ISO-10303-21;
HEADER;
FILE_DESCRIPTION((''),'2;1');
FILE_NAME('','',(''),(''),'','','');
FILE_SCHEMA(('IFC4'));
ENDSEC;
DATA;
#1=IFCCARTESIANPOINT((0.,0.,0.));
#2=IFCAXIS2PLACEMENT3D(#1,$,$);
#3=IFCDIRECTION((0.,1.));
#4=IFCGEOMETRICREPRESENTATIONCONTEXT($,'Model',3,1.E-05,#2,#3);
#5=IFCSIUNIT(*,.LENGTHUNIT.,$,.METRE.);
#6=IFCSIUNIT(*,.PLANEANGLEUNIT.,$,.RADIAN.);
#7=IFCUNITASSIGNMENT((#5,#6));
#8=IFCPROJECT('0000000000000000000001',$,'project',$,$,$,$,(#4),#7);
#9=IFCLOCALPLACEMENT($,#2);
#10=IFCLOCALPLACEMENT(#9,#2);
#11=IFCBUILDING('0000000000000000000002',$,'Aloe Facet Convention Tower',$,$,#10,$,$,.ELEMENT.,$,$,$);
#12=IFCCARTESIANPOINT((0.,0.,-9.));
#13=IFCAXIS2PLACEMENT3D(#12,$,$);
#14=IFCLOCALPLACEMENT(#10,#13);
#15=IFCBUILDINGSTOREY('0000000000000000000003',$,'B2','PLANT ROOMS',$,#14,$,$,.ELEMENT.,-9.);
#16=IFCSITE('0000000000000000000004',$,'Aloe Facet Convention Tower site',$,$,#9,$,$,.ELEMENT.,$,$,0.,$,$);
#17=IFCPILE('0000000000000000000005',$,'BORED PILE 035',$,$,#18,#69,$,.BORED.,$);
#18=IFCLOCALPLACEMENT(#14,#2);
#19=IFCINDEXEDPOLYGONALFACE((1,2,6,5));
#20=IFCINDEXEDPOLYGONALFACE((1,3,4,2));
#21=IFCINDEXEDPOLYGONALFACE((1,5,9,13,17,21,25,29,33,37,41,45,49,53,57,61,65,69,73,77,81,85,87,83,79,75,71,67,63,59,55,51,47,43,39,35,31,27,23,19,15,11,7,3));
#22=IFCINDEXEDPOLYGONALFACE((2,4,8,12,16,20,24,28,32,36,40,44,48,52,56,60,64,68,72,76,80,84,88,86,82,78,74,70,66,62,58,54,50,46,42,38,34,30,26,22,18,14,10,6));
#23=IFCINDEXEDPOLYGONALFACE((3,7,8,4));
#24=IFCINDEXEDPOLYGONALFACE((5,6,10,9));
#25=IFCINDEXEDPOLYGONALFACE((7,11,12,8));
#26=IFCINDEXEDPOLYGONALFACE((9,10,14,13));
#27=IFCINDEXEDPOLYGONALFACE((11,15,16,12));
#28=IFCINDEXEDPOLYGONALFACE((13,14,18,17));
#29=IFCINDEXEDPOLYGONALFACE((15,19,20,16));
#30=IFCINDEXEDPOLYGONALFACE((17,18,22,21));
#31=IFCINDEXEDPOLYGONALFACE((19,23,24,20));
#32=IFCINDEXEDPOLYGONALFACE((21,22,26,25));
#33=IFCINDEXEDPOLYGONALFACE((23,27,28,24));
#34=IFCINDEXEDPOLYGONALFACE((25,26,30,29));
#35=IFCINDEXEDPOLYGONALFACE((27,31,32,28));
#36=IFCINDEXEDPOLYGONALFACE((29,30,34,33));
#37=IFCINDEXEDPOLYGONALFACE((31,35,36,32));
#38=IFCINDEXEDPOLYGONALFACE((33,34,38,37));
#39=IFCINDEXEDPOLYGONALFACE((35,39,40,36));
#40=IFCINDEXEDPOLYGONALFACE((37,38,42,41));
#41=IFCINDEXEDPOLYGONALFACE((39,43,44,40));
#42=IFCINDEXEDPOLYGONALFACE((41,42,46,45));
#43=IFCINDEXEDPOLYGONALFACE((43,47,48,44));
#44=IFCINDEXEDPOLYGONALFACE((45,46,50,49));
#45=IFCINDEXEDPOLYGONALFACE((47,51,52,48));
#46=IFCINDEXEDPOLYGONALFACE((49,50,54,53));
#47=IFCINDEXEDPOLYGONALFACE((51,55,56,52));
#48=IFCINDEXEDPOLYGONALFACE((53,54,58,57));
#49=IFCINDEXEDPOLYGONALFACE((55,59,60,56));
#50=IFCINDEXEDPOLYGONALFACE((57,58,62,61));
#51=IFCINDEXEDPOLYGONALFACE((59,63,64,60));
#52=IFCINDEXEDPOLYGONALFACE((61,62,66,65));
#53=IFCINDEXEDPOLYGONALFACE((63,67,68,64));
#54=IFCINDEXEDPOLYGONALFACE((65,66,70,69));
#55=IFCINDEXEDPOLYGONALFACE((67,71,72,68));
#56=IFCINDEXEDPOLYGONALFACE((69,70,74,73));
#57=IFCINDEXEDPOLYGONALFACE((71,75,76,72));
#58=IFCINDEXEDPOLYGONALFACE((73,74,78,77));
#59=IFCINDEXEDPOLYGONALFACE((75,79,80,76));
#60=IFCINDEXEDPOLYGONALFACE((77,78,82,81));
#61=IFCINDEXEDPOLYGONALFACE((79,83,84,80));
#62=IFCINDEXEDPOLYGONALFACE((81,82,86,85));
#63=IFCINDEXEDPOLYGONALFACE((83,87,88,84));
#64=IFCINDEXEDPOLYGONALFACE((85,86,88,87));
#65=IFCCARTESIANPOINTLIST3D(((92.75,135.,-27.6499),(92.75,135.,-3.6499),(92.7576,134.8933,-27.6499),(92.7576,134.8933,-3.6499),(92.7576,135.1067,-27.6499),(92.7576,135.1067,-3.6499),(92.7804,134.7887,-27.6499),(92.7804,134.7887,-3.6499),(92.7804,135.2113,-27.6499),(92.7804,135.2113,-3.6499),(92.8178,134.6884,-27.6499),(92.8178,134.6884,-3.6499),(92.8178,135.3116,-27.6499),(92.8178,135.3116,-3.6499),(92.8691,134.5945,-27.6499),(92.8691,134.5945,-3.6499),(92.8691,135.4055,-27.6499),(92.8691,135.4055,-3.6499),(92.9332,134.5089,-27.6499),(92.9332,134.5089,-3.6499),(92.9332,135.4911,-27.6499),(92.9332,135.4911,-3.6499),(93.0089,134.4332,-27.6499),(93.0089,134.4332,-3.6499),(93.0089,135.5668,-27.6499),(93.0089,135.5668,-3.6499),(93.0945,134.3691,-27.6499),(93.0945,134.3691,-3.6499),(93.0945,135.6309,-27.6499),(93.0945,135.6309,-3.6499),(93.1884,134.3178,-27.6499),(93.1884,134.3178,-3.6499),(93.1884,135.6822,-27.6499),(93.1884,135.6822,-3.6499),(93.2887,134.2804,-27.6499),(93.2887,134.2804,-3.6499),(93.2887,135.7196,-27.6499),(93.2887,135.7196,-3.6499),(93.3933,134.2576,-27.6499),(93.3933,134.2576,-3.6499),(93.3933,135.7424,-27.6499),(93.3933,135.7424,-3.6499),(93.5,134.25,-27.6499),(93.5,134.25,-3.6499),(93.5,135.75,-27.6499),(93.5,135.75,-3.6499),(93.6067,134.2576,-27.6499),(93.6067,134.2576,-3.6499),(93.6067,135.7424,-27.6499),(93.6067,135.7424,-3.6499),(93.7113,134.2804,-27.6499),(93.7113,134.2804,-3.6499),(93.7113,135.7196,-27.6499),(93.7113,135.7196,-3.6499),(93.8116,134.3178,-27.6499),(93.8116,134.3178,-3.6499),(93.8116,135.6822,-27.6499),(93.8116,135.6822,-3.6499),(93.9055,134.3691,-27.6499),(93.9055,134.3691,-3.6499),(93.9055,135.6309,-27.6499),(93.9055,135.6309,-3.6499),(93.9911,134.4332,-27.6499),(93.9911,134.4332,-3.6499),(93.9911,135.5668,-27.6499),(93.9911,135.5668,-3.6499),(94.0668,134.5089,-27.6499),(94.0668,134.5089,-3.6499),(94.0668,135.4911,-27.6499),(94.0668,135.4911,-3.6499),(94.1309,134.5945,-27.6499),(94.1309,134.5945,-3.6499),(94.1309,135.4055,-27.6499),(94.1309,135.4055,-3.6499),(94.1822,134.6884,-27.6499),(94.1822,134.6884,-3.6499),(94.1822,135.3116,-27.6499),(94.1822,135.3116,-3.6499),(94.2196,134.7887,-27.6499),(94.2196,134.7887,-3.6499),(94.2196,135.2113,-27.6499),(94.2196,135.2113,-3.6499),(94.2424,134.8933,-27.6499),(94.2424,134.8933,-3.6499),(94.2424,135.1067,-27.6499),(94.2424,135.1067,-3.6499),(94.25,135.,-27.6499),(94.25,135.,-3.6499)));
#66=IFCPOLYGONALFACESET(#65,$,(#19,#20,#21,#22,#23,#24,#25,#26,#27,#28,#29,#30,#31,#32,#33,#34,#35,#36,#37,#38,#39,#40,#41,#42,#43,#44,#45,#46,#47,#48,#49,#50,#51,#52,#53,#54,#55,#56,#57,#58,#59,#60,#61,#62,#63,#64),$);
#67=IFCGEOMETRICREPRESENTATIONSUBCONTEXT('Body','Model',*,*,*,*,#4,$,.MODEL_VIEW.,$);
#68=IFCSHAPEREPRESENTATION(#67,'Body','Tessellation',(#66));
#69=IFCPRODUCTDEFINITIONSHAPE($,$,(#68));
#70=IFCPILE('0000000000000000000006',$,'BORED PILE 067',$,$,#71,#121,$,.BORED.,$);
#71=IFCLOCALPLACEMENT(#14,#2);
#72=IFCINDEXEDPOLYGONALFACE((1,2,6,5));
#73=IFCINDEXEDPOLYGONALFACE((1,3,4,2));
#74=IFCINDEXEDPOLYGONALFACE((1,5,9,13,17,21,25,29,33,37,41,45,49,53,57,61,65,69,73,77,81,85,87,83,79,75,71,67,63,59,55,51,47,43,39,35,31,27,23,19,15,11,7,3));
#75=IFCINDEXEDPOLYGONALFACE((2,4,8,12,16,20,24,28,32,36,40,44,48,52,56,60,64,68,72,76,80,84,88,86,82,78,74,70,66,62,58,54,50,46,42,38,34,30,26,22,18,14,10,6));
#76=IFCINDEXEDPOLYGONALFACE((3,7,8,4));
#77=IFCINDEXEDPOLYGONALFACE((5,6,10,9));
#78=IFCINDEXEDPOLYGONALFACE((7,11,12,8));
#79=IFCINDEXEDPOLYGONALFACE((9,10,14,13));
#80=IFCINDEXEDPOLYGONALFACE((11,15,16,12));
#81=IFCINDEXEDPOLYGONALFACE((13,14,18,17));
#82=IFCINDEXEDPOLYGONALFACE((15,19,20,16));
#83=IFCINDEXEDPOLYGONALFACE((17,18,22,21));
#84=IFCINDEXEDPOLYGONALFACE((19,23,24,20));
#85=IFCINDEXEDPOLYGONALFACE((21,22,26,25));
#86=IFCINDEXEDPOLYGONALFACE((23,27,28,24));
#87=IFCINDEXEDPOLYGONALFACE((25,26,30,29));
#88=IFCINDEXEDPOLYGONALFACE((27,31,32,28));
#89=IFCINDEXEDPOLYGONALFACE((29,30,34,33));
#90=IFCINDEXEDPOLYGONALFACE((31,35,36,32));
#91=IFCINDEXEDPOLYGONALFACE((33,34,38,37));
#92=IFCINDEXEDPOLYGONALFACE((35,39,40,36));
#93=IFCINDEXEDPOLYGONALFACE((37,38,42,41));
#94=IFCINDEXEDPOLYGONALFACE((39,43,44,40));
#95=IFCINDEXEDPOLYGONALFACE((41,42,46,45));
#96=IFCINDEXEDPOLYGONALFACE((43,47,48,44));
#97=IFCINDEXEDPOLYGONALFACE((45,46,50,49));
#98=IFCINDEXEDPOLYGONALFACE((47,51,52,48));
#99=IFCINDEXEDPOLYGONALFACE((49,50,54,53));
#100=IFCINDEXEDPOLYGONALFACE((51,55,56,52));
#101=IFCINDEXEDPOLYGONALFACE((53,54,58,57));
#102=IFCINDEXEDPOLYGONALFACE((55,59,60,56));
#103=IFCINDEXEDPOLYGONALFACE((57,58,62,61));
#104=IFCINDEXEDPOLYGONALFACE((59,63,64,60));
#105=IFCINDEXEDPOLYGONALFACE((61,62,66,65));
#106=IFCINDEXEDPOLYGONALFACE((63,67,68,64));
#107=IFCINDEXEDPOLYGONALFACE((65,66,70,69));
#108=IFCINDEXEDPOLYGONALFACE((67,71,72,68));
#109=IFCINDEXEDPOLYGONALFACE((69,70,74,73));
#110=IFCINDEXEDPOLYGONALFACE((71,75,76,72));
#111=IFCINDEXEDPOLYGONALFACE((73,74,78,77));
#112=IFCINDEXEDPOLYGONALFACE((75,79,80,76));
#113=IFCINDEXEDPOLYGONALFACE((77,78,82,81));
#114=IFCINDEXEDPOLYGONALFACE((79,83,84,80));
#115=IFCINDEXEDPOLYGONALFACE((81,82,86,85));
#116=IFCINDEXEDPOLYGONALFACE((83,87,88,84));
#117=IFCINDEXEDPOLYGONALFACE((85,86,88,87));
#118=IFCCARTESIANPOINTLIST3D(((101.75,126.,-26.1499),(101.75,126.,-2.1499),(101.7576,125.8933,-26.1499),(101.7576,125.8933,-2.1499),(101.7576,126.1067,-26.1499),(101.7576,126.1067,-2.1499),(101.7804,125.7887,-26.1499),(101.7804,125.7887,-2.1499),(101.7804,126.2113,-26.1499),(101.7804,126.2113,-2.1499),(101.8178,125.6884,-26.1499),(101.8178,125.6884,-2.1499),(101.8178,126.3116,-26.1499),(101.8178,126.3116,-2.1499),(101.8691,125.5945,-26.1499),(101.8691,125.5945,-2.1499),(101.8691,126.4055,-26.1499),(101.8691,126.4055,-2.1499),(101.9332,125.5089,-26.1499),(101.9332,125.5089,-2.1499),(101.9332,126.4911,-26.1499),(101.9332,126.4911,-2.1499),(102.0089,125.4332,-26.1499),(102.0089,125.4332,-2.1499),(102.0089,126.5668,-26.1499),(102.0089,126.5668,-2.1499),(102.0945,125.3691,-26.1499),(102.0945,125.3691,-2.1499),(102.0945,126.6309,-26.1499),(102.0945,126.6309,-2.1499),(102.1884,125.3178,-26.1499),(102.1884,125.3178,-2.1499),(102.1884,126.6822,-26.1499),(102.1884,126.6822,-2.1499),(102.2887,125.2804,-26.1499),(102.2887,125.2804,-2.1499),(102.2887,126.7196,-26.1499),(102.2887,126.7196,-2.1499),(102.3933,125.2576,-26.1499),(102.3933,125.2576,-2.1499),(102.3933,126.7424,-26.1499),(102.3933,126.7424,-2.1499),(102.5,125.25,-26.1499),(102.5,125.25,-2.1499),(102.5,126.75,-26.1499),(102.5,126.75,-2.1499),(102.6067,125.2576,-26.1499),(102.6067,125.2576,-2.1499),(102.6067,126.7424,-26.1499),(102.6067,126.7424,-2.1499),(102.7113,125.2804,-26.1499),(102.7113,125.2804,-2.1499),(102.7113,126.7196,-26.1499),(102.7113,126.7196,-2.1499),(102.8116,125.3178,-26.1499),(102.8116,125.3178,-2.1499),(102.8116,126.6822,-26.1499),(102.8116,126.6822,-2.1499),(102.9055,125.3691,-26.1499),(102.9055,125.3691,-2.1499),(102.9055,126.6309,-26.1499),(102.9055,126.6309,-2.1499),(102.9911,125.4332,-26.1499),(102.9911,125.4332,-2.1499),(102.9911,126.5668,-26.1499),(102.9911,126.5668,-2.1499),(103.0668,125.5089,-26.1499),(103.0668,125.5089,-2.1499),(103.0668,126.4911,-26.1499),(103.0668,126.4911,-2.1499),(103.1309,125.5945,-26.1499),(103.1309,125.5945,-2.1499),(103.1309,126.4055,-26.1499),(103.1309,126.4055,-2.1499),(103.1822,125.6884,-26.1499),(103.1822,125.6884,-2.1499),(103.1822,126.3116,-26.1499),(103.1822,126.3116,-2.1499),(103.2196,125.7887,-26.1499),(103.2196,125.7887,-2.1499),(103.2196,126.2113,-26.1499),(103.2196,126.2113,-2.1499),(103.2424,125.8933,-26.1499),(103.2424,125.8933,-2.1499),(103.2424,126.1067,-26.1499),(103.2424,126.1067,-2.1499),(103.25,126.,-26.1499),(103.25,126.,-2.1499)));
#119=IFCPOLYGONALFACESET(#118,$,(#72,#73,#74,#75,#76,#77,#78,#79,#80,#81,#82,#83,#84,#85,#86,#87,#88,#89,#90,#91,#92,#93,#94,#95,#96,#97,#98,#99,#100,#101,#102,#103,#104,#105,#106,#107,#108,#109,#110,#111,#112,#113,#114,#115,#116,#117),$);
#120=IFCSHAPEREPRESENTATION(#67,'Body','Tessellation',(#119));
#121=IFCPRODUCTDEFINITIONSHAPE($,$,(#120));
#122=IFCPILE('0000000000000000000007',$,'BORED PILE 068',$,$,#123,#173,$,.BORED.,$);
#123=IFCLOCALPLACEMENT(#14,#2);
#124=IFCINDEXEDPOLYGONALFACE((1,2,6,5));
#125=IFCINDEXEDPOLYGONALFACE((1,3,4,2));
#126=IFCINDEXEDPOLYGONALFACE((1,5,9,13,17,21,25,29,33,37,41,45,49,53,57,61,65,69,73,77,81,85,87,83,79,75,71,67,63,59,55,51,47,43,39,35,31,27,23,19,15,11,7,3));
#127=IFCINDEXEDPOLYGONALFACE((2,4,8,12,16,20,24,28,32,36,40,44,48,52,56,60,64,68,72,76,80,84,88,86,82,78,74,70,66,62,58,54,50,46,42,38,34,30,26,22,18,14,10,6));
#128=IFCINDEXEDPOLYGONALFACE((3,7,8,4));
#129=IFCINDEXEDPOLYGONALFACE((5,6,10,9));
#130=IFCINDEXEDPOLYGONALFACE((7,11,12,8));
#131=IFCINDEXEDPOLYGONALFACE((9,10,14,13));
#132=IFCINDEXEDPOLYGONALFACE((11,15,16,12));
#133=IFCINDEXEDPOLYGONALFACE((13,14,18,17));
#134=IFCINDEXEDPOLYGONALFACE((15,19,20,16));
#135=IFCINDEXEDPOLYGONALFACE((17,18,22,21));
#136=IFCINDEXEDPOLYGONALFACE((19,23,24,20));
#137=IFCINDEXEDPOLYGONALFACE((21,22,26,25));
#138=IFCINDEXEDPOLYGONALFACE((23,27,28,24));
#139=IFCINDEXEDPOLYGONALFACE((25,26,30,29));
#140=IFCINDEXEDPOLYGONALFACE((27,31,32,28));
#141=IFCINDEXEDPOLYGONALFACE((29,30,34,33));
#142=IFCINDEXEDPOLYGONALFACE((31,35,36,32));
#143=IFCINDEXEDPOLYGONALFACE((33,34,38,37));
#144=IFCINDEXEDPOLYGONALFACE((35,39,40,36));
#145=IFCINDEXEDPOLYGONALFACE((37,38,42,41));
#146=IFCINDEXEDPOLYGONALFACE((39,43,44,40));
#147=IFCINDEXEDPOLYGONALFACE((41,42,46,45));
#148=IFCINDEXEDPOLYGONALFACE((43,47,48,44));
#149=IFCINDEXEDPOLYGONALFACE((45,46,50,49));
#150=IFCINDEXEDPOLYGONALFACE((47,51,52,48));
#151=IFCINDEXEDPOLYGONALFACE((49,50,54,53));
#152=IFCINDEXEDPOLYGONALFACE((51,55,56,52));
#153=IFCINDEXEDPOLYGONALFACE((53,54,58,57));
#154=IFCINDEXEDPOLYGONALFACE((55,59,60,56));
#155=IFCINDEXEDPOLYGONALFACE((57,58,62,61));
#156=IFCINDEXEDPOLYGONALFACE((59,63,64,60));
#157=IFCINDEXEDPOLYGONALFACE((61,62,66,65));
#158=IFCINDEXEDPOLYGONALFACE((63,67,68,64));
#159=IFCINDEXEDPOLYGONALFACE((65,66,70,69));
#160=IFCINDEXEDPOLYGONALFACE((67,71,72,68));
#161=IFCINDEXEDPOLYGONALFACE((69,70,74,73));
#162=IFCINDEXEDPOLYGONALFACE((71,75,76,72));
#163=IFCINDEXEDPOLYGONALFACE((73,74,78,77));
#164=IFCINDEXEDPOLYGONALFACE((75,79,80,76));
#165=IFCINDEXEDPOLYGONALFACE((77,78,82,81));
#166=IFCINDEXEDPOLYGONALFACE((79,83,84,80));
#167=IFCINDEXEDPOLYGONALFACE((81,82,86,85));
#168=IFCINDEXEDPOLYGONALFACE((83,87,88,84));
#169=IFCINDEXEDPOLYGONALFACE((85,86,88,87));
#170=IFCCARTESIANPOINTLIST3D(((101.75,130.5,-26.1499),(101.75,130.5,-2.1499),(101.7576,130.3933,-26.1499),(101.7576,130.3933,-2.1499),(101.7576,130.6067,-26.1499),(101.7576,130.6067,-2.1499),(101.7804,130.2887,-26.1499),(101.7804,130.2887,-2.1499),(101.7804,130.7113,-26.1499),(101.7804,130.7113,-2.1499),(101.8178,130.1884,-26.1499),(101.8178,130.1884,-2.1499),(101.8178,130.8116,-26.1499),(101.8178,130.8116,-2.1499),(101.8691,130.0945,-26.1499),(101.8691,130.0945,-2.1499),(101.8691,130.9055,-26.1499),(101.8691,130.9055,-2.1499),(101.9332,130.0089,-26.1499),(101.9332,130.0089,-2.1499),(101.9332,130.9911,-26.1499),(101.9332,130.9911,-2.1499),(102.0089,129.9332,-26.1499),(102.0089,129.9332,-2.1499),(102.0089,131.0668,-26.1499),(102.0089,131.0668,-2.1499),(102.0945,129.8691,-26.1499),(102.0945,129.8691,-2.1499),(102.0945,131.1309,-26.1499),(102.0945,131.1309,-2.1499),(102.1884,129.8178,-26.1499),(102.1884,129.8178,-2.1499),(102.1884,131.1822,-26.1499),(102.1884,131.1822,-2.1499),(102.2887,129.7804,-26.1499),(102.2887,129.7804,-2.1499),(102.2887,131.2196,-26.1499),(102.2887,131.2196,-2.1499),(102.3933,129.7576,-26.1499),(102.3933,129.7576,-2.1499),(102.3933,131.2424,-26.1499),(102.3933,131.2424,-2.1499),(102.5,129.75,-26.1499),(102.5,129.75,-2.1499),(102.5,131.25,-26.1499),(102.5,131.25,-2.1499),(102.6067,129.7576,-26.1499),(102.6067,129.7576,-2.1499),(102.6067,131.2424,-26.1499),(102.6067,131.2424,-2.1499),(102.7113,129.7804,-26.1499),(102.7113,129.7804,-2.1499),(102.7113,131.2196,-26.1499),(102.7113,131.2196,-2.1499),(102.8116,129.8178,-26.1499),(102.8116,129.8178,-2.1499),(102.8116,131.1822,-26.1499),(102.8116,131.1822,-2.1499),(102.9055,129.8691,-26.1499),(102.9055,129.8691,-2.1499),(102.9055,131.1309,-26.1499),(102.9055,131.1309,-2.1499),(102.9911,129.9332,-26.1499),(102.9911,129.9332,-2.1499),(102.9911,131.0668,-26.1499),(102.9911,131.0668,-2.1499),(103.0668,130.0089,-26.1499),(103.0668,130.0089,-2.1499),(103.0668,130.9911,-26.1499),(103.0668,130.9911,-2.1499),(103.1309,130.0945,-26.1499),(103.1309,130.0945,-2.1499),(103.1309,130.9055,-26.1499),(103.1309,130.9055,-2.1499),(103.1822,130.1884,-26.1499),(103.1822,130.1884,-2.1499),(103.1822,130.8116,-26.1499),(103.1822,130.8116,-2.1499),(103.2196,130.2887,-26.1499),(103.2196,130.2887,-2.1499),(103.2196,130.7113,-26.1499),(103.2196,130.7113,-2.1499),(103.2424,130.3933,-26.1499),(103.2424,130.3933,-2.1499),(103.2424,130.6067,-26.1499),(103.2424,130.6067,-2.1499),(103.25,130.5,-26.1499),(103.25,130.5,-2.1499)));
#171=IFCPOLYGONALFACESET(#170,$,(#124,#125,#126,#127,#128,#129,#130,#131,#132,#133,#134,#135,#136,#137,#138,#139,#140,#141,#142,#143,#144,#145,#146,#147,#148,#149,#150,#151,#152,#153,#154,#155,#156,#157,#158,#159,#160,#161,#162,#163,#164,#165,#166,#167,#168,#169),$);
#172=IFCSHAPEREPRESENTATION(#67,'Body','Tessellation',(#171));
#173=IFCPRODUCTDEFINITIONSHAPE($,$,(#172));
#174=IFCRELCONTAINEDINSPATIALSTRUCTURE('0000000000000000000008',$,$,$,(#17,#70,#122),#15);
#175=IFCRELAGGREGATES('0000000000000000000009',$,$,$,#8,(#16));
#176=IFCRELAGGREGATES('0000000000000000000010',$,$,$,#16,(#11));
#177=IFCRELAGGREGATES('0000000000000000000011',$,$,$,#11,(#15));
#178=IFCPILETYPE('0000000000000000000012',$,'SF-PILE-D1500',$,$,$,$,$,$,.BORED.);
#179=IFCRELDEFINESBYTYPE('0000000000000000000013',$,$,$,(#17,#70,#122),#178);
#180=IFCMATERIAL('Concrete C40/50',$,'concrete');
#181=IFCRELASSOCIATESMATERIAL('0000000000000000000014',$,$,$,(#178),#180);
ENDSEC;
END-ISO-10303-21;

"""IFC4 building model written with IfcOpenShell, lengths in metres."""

from ifc_helpers import new_model, si_unit, direction, frame, origin, origin_2d, place, context, subcontext, project, spatial, circle, extrude, material, material_profile, profile_set, type_object, element, save


model = new_model("IFC4")

# Units and contexts
model_context = context("Model", 3, precision=1e-05, world=origin(), true_north=direction((0.0, 1.0)))
body_context = subcontext(model_context, "Body", "Model", "MODEL_VIEW")
ifc_project = project(units=[si_unit("LENGTHUNIT", "METRE"), si_unit("PLANEANGLEUNIT", "RADIAN")], contexts=[model_context])

# Site, building, storey
site_placement = place(None, origin())
site = spatial("IfcSite", under=ifc_project, at=site_placement, Name="Aloe Facet Convention Tower site", CompositionType="ELEMENT", RefElevation=0.0)
building_placement = place(site_placement, origin())
building = spatial("IfcBuilding", under=site, at=building_placement, Name="Aloe Facet Convention Tower", CompositionType="ELEMENT")
storey_placement = place(building_placement, frame((0.0, 0.0, -9.0)))
storey = spatial("IfcBuildingStorey", under=building, at=storey_placement, Name="B2", Description="PLANT ROOMS", CompositionType="ELEMENT", Elevation=-9.0)

# Piles
ifc_material_1 = material(Name="Concrete C40/50", Category="concrete")
ifc_material_profile_1 = material_profile(ifc_material_1, circle(Radius=0.75, at=origin_2d()), Name="D1500")
ifc_profile_set_1 = profile_set([ifc_material_profile_1], Name="Concrete C40/50")
pile_type = type_object("IfcPileType", Name="SF-PILE-D1500", PredefinedType="BORED", material=ifc_profile_set_1)
for number, where, z_axis, x_axis, name in (
    (1, (93.5, 135.0, -3.6499), (0.0, 0.0, -1.0), (1.0, 0.0, 0.0), "BORED PILE 035"),
    (2, (102.5, 126.0, -2.1499), (0.0, 0.0, -1.0), (1.0, 0.0, 0.0), "BORED PILE 067"),
    (3, (102.5, 130.5, -2.1499), (0.0, 0.0, -1.0), (1.0, 0.0, 0.0), "BORED PILE 068"),
):
    element("IfcPile", number, at=place(storey_placement, frame(where, z_axis=z_axis, x_axis=x_axis)), inside=storey, type_object=pile_type, Name=name, PredefinedType="BORED", context=body_context, shape_type="SweptSolid", body=[
        extrude(circle(Radius=0.75, at=origin_2d()), origin(), (0.0, 0.0, 1.0), 24.0),
    ])

save(model, "model.ifc")
